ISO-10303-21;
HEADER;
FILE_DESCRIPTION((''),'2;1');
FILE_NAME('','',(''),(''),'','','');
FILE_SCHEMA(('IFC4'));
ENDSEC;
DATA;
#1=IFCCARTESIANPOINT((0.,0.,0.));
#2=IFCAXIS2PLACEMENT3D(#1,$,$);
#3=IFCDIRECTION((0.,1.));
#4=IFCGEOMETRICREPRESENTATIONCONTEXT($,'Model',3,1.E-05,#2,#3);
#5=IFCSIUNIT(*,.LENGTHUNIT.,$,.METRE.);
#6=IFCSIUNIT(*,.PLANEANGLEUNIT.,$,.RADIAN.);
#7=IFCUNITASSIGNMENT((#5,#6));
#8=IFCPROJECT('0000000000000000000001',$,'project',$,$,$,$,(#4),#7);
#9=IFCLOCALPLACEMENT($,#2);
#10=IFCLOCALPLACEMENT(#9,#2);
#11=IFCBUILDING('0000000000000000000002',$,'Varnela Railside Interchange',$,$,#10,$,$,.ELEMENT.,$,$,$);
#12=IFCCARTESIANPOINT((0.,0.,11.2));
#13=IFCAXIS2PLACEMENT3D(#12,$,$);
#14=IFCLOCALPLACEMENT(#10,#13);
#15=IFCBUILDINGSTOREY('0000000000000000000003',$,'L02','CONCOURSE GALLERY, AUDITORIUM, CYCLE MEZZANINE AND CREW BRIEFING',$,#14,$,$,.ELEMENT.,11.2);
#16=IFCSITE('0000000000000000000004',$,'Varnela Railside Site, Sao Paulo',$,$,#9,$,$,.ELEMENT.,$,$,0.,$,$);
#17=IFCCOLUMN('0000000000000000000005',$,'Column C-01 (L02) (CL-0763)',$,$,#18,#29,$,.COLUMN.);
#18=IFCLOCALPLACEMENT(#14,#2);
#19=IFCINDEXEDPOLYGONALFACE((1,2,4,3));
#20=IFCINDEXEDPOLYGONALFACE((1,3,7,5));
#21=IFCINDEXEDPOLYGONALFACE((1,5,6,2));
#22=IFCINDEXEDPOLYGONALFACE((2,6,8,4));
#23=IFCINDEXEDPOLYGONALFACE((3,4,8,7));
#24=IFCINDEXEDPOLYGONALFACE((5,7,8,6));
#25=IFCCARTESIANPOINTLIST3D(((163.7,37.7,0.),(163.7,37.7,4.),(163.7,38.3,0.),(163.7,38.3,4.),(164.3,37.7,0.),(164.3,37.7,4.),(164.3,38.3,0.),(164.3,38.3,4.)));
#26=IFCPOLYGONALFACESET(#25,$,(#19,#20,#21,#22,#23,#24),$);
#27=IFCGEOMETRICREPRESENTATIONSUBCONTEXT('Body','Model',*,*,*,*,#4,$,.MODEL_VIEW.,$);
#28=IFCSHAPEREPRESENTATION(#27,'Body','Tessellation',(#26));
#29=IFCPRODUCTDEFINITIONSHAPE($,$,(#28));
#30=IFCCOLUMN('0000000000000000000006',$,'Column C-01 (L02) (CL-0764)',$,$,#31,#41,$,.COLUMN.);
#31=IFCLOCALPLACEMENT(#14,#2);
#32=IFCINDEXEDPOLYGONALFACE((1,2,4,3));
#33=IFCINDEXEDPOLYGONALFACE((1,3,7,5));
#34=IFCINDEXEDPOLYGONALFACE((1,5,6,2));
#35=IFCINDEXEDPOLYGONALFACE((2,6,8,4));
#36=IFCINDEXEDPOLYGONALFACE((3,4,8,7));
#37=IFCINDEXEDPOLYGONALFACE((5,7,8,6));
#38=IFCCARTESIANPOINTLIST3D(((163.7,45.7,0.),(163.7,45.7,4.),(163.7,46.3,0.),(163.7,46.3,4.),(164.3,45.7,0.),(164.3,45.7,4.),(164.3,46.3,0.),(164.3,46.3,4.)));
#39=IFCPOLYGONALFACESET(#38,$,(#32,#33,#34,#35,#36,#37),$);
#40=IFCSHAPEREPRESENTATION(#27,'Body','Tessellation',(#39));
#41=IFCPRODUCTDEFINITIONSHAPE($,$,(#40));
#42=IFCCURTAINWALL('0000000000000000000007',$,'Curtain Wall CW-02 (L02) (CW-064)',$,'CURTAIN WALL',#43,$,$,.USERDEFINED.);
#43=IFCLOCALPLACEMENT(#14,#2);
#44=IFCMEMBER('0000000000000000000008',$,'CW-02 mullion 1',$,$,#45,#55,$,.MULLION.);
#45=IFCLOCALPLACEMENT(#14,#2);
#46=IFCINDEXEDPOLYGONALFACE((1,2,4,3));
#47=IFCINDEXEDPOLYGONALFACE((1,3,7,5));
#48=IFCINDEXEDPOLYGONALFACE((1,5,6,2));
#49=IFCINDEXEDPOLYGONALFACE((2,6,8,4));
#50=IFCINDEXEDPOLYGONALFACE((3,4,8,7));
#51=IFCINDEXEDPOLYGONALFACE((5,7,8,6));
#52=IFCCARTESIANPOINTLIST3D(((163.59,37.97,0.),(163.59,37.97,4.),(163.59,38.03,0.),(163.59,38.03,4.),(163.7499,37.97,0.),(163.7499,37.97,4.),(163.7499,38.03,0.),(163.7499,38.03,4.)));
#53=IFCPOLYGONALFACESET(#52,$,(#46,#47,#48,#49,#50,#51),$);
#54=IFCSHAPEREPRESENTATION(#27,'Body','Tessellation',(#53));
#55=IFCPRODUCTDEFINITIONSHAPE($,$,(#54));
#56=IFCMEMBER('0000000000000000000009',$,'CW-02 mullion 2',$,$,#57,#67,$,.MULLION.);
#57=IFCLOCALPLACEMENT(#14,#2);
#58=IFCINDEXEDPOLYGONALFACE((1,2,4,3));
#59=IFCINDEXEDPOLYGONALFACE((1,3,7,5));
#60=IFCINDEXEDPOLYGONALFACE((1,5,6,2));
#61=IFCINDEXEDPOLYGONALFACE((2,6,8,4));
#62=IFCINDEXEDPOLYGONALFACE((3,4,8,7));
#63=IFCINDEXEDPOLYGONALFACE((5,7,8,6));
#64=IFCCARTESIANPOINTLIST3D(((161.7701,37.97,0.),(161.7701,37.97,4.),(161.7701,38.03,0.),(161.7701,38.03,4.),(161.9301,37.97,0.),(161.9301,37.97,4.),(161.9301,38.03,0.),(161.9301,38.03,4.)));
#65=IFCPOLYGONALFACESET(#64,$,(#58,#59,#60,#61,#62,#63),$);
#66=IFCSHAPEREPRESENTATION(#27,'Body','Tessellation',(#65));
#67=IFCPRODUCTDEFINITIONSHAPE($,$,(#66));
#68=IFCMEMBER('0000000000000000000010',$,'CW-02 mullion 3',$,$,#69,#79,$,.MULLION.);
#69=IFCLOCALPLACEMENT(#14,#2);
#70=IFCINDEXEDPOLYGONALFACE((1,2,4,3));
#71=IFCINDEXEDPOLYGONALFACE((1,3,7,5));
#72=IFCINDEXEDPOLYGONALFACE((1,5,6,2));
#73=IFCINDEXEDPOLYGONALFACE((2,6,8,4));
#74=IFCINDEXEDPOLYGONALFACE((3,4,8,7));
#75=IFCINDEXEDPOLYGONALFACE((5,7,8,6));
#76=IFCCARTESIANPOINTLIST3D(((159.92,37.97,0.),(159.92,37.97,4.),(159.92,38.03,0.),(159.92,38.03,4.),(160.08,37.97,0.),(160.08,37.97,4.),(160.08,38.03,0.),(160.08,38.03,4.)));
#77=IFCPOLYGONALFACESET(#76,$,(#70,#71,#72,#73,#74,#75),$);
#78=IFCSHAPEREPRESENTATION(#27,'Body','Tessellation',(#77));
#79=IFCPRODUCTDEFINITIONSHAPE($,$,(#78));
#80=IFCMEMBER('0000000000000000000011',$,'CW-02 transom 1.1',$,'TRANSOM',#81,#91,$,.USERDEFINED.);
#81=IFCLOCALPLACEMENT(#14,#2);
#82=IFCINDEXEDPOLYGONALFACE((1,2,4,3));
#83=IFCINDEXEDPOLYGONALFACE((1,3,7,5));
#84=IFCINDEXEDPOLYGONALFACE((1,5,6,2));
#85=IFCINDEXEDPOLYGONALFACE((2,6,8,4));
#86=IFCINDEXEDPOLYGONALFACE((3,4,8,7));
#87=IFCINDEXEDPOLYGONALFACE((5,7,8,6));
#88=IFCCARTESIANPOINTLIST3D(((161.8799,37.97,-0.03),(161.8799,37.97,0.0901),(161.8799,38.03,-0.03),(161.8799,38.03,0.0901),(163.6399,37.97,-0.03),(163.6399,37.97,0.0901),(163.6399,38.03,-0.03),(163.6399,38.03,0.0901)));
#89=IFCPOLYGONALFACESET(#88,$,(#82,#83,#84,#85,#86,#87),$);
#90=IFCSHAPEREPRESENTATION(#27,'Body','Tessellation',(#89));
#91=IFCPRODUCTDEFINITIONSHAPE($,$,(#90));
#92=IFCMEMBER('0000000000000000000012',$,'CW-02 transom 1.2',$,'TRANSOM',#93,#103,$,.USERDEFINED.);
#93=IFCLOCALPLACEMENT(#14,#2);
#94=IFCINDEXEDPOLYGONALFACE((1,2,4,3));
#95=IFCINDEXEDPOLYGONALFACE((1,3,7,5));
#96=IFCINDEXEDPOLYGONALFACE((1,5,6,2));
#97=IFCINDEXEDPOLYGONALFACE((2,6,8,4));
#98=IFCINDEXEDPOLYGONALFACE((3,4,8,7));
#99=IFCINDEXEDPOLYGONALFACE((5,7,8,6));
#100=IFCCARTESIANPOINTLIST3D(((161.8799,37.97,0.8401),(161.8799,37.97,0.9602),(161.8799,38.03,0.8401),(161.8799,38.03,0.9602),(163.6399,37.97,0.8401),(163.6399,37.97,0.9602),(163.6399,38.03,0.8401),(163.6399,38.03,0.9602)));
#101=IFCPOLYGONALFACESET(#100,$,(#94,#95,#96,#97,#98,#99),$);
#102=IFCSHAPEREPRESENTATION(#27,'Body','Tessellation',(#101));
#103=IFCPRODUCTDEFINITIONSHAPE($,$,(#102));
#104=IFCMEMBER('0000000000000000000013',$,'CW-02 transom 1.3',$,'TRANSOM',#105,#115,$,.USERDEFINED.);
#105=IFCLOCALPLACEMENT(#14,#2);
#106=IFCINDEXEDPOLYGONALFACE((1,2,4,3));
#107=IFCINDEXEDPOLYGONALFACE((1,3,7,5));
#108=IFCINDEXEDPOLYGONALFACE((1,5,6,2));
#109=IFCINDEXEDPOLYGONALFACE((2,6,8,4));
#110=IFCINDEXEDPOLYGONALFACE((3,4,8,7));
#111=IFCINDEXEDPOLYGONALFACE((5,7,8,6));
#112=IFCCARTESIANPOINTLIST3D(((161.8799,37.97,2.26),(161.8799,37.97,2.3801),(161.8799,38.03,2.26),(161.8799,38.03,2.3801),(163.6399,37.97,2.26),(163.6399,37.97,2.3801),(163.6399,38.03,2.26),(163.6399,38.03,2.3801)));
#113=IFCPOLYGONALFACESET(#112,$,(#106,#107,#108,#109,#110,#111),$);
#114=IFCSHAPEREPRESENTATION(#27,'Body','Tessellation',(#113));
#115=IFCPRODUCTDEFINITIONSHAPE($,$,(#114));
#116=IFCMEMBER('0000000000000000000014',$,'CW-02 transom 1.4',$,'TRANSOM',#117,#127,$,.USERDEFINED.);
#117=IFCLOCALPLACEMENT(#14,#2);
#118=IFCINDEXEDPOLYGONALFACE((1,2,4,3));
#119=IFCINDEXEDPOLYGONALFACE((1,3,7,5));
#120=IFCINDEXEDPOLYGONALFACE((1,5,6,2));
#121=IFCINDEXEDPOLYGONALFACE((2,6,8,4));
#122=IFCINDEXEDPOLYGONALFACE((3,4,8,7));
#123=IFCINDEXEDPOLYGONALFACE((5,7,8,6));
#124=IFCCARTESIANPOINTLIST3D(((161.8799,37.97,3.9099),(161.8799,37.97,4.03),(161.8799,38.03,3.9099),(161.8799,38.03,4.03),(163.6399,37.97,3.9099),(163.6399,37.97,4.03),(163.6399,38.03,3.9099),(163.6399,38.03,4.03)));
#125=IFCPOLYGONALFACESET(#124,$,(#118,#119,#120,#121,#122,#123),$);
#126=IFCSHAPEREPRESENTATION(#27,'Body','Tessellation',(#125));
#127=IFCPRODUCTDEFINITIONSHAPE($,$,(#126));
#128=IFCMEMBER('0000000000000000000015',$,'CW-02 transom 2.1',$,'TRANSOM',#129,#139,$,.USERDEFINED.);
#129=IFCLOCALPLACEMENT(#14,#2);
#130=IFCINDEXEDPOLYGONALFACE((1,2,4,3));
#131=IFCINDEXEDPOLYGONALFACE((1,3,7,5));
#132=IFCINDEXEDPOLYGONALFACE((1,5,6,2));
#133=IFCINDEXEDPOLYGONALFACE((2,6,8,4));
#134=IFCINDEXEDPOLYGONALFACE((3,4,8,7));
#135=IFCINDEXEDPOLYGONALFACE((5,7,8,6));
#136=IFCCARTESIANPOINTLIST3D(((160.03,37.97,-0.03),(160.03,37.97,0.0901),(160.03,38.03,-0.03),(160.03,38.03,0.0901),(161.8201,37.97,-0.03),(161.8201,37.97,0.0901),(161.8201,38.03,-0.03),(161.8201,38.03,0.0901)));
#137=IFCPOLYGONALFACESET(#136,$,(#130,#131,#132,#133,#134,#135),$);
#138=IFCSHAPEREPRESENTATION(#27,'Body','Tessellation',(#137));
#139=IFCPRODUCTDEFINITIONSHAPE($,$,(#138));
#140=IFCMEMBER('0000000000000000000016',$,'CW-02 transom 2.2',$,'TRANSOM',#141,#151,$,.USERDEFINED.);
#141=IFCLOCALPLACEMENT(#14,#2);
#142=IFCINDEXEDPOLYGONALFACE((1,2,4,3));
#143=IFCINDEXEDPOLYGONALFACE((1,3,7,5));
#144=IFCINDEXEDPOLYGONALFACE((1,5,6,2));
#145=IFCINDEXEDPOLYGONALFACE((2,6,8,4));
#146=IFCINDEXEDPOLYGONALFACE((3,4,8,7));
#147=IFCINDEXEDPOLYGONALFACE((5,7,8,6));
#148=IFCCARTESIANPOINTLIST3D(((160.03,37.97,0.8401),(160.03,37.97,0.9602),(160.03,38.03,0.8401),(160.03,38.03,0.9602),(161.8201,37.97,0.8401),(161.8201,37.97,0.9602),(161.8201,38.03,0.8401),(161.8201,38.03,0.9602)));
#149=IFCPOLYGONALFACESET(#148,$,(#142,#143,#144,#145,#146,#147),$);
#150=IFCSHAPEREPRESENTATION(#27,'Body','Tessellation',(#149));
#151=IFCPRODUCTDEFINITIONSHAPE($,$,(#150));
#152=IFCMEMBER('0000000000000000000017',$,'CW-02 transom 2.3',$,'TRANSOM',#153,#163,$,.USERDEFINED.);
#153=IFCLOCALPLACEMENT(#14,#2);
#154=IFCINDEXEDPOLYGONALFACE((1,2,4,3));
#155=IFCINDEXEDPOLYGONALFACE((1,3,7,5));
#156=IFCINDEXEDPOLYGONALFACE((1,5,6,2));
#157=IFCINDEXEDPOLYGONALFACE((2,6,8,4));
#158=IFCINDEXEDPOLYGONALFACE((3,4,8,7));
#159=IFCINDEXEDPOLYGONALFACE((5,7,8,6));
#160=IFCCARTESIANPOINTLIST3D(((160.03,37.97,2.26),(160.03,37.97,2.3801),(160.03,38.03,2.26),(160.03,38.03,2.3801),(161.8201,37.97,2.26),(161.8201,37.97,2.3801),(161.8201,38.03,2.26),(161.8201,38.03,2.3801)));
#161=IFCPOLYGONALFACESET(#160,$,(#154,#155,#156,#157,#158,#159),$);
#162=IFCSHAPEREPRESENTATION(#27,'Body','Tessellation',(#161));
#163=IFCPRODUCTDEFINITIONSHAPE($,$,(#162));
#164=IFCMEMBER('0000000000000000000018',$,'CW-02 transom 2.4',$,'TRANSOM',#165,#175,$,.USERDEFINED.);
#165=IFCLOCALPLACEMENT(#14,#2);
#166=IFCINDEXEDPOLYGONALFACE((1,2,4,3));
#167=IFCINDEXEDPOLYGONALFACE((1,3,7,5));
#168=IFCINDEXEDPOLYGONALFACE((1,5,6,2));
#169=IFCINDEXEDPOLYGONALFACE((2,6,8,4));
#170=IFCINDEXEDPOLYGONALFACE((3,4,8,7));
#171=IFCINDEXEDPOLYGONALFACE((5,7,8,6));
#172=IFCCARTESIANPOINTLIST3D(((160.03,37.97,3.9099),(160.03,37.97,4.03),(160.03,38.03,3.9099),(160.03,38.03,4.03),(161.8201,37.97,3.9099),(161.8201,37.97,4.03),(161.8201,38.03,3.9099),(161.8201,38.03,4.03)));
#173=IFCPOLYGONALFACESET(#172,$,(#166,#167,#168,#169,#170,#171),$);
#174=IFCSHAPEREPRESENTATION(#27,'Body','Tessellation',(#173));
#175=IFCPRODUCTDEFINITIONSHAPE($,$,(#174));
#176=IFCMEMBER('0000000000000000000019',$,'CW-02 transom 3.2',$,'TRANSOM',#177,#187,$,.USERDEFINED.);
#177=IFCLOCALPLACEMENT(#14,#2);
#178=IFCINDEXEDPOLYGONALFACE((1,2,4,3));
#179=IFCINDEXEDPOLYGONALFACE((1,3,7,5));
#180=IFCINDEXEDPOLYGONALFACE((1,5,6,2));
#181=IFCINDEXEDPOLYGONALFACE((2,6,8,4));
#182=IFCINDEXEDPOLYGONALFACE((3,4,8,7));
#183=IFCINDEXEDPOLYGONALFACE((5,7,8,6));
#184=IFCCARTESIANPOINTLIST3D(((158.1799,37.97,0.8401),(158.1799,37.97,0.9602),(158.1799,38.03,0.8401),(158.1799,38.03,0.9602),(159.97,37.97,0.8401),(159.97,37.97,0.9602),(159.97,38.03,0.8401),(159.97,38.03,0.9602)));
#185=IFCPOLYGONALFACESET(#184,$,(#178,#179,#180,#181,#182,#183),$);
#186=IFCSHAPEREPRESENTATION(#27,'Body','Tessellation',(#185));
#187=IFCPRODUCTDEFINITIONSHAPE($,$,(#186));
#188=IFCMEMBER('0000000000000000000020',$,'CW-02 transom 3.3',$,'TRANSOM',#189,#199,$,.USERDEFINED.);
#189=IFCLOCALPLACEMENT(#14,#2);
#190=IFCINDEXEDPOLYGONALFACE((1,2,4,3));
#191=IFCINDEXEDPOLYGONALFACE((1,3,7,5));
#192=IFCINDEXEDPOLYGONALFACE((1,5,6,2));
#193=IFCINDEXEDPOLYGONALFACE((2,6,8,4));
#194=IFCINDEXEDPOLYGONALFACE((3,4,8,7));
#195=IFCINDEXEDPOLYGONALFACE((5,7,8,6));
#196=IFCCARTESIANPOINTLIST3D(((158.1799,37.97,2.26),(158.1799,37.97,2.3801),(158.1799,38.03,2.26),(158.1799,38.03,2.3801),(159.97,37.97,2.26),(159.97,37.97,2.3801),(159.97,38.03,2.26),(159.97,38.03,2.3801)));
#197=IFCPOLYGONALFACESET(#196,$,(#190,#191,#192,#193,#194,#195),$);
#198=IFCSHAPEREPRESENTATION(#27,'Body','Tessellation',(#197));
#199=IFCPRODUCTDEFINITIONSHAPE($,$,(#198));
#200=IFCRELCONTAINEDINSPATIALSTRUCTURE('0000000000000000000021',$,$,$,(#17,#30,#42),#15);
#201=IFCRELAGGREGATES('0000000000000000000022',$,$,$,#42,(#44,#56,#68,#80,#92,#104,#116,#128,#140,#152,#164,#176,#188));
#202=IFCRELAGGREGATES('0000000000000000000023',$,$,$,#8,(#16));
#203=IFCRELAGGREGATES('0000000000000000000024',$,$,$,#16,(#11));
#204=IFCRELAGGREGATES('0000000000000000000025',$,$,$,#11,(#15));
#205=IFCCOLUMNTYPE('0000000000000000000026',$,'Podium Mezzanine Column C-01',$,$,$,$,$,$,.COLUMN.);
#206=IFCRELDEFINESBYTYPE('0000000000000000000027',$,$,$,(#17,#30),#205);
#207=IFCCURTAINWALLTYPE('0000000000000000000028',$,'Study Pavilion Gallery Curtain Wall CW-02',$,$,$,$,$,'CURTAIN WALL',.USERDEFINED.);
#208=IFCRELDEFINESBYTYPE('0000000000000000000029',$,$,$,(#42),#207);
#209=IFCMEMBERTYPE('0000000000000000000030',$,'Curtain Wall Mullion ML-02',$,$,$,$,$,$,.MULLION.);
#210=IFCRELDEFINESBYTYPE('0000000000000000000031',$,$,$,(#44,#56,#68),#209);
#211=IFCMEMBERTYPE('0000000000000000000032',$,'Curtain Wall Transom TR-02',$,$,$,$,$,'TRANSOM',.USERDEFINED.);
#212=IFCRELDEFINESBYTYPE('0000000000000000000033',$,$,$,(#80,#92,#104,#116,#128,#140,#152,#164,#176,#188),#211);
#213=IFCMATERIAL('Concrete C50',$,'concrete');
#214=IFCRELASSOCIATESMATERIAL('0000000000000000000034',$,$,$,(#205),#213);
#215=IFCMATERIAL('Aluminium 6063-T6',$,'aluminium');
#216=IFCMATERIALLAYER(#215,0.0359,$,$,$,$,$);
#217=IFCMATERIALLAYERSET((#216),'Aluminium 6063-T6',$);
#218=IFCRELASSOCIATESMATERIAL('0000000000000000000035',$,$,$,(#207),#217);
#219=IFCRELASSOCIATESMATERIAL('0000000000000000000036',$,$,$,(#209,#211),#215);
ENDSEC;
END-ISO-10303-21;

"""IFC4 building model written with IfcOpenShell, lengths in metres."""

from ifc_helpers import new_model, si_unit, direction, frame, origin, origin_2d, place, context, subcontext, project, spatial, rectangle, extrude, material, layer, layer_set, material_profile, profile_set, type_object, element, aggregate, save


model = new_model("IFC4")

# Units and contexts
model_context = context("Model", 3, precision=1e-05, world=origin(), true_north=direction((0.0, 1.0)))
body_context = subcontext(model_context, "Body", "Model", "MODEL_VIEW")
ifc_project = project(units=[si_unit("LENGTHUNIT", "METRE"), si_unit("PLANEANGLEUNIT", "RADIAN")], contexts=[model_context])

# Site, building, storey
site_placement = place(None, origin())
site = spatial("IfcSite", under=ifc_project, at=site_placement, Name="Varnela Railside Site, Sao Paulo", CompositionType="ELEMENT", RefElevation=0.0)
building_placement = place(site_placement, origin())
building = spatial("IfcBuilding", under=site, at=building_placement, Name="Varnela Railside Interchange", CompositionType="ELEMENT")
storey_placement = place(building_placement, frame((0.0, 0.0, 11.2)))
storey = spatial("IfcBuildingStorey", under=building, at=storey_placement, Name="L02", Description="CONCOURSE GALLERY, AUDITORIUM, CYCLE MEZZANINE AND CREW BRIEFING", CompositionType="ELEMENT", Elevation=11.2)

# Columns
ifc_material_1 = material(Name="Concrete C50", Category="concrete")
ifc_material_profile_1 = material_profile(ifc_material_1, rectangle(XDim=0.6001, YDim=0.6001, at=origin_2d()), Name="RC 600x600")
ifc_profile_set_1 = profile_set([ifc_material_profile_1], Name="Concrete C50")
column_type = type_object("IfcColumnType", Name="Podium Mezzanine Column C-01", PredefinedType="COLUMN", material=ifc_profile_set_1)
for number, where, z_axis, x_axis, name in (
    (1, (164.0, 38.0, 0.0), (0.0, 0.0, 1.0), (1.0, 0.0, 0.0), "Column C-01 (L02) (CL-0763)"),
    (2, (164.0, 46.0, 0.0), (0.0, 0.0, 1.0), (1.0, 0.0, 0.0), "Column C-01 (L02) (CL-0764)"),
):
    element("IfcColumn", number, at=place(storey_placement, frame(where, z_axis=z_axis, x_axis=x_axis)), inside=storey, type_object=column_type, Name=name, PredefinedType="COLUMN", context=body_context, shape_type="SweptSolid", body=[
        extrude(rectangle(XDim=0.6001, YDim=0.6001, at=origin_2d()), origin(), (0.0, 0.0, 1.0), 4.0),
    ])

# Curtain wall, members
ifc_material_2 = material(Name="Aluminium 6063-T6", Category="aluminium")
ifc_layer_1 = layer(ifc_material_2, 0.0359)
ifc_layer_set_1 = layer_set([ifc_layer_1], Name="Aluminium 6063-T6")
curtain_wall_type = type_object("IfcCurtainWallType", Name="Study Pavilion Gallery Curtain Wall CW-02", ElementType="CURTAIN WALL", PredefinedType="USERDEFINED", material=ifc_layer_set_1)
curtain_wall_placement = place(storey_placement, origin())
curtain_wall = element("IfcCurtainWall", 3, at=curtain_wall_placement, inside=storey, type_object=curtain_wall_type, Name="Curtain Wall CW-02 (L02) (CW-064)", ObjectType="CURTAIN WALL", PredefinedType="USERDEFINED")
ifc_material_profile_2 = material_profile(ifc_material_2, rectangle(XDim=0.0601, YDim=0.1599, at=origin_2d()), Name="ALU 60x160")
ifc_profile_set_2 = profile_set([ifc_material_profile_2], Name="Aluminium 6063-T6")
member_type_1 = type_object("IfcMemberType", Name="Curtain Wall Mullion ML-02", PredefinedType="MULLION", material=ifc_profile_set_2)
member_1_placement = place(storey_placement, frame((163.6699, 38.0, 0.0), z_axis=(0.0, 0.0, 1.0), x_axis=(0.0, -1.0, 0.0)))
member_1 = element("IfcMember", 4, at=member_1_placement, type_object=member_type_1, Name="CW-02 mullion 1", PredefinedType="MULLION", context=body_context, shape_type="SweptSolid", body=[
    extrude(rectangle(XDim=0.0601, YDim=0.1599, at=origin_2d()), origin(), (0.0, 0.0, 1.0), 4.0),
])
member_2_placement = place(storey_placement, frame((161.8501, 38.0, 0.0), z_axis=(0.0, 0.0, 1.0), x_axis=(0.0, -1.0, 0.0)))
member_2 = element("IfcMember", 5, at=member_2_placement, type_object=member_type_1, Name="CW-02 mullion 2", PredefinedType="MULLION", context=body_context, shape_type="SweptSolid", body=[
    extrude(rectangle(XDim=0.0601, YDim=0.1599, at=origin_2d()), origin(), (0.0, 0.0, 1.0), 4.0),
])
member_3_placement = place(storey_placement, frame((160.0, 38.0, 0.0), z_axis=(0.0, 0.0, 1.0), x_axis=(0.0, -1.0, 0.0)))
member_3 = element("IfcMember", 6, at=member_3_placement, type_object=member_type_1, Name="CW-02 mullion 3", PredefinedType="MULLION", context=body_context, shape_type="SweptSolid", body=[
    extrude(rectangle(XDim=0.0601, YDim=0.1599, at=origin_2d()), origin(), (0.0, 0.0, 1.0), 4.0),
])
ifc_material_profile_3 = material_profile(ifc_material_2, rectangle(XDim=0.0601, YDim=0.1201, at=origin_2d()), Name="ALU 60x120")
ifc_profile_set_3 = profile_set([ifc_material_profile_3], Name="Aluminium 6063-T6")
member_type_2 = type_object("IfcMemberType", Name="Curtain Wall Transom TR-02", ElementType="TRANSOM", PredefinedType="USERDEFINED", material=ifc_profile_set_3)
member_4_placement = place(storey_placement, frame((163.6399, 38.0, 0.03), z_axis=(-1.0, 0.0, 0.0), x_axis=(0.0, -1.0, 0.0)))
member_4 = element("IfcMember", 7, at=member_4_placement, type_object=member_type_2, Name="CW-02 transom 1.1", ObjectType="TRANSOM", PredefinedType="USERDEFINED", context=body_context, shape_type="SweptSolid", body=[
    extrude(rectangle(XDim=0.0601, YDim=0.1201, at=origin_2d()), origin(), (0.0, 0.0, 1.0), 1.76),
])
member_5_placement = place(storey_placement, frame((163.6399, 38.0, 0.9001), z_axis=(-1.0, 0.0, 0.0), x_axis=(0.0, -1.0, 0.0)))
member_5 = element("IfcMember", 8, at=member_5_placement, type_object=member_type_2, Name="CW-02 transom 1.2", ObjectType="TRANSOM", PredefinedType="USERDEFINED", context=body_context, shape_type="SweptSolid", body=[
    extrude(rectangle(XDim=0.0601, YDim=0.1201, at=origin_2d()), origin(), (0.0, 0.0, 1.0), 1.76),
])
member_6_placement = place(storey_placement, frame((163.6399, 38.0, 2.3201), z_axis=(-1.0, 0.0, 0.0), x_axis=(0.0, -1.0, 0.0)))
member_6 = element("IfcMember", 9, at=member_6_placement, type_object=member_type_2, Name="CW-02 transom 1.3", ObjectType="TRANSOM", PredefinedType="USERDEFINED", context=body_context, shape_type="SweptSolid", body=[
    extrude(rectangle(XDim=0.0601, YDim=0.1201, at=origin_2d()), origin(), (0.0, 0.0, 1.0), 1.76),
])
member_7_placement = place(storey_placement, frame((163.6399, 38.0, 3.97), z_axis=(-1.0, 0.0, 0.0), x_axis=(0.0, -1.0, 0.0)))
member_7 = element("IfcMember", 10, at=member_7_placement, type_object=member_type_2, Name="CW-02 transom 1.4", ObjectType="TRANSOM", PredefinedType="USERDEFINED", context=body_context, shape_type="SweptSolid", body=[
    extrude(rectangle(XDim=0.0601, YDim=0.1201, at=origin_2d()), origin(), (0.0, 0.0, 1.0), 1.76),
])
member_8_placement = place(storey_placement, frame((161.8201, 38.0, 0.03), z_axis=(-1.0, 0.0, 0.0), x_axis=(0.0, -1.0, 0.0)))
member_8 = element("IfcMember", 11, at=member_8_placement, type_object=member_type_2, Name="CW-02 transom 2.1", ObjectType="TRANSOM", PredefinedType="USERDEFINED", context=body_context, shape_type="SweptSolid", body=[
    extrude(rectangle(XDim=0.0601, YDim=0.1201, at=origin_2d()), origin(), (0.0, 0.0, 1.0), 1.79),
])
member_9_placement = place(storey_placement, frame((161.8201, 38.0, 0.9001), z_axis=(-1.0, 0.0, 0.0), x_axis=(0.0, -1.0, 0.0)))
member_9 = element("IfcMember", 12, at=member_9_placement, type_object=member_type_2, Name="CW-02 transom 2.2", ObjectType="TRANSOM", PredefinedType="USERDEFINED", context=body_context, shape_type="SweptSolid", body=[
    extrude(rectangle(XDim=0.0601, YDim=0.1201, at=origin_2d()), origin(), (0.0, 0.0, 1.0), 1.79),
])
member_10_placement = place(storey_placement, frame((161.8201, 38.0, 2.3201), z_axis=(-1.0, 0.0, 0.0), x_axis=(0.0, -1.0, 0.0)))
member_10 = element("IfcMember", 13, at=member_10_placement, type_object=member_type_2, Name="CW-02 transom 2.3", ObjectType="TRANSOM", PredefinedType="USERDEFINED", context=body_context, shape_type="SweptSolid", body=[
    extrude(rectangle(XDim=0.0601, YDim=0.1201, at=origin_2d()), origin(), (0.0, 0.0, 1.0), 1.79),
])
member_11_placement = place(storey_placement, frame((161.8201, 38.0, 3.97), z_axis=(-1.0, 0.0, 0.0), x_axis=(0.0, -1.0, 0.0)))
member_11 = element("IfcMember", 14, at=member_11_placement, type_object=member_type_2, Name="CW-02 transom 2.4", ObjectType="TRANSOM", PredefinedType="USERDEFINED", context=body_context, shape_type="SweptSolid", body=[
    extrude(rectangle(XDim=0.0601, YDim=0.1201, at=origin_2d()), origin(), (0.0, 0.0, 1.0), 1.79),
])
member_12_placement = place(storey_placement, frame((159.97, 38.0, 0.9001), z_axis=(-1.0, 0.0, 0.0), x_axis=(0.0, -1.0, 0.0)))
member_12 = element("IfcMember", 15, at=member_12_placement, type_object=member_type_2, Name="CW-02 transom 3.2", ObjectType="TRANSOM", PredefinedType="USERDEFINED", context=body_context, shape_type="SweptSolid", body=[
    extrude(rectangle(XDim=0.0601, YDim=0.1201, at=origin_2d()), origin(), (0.0, 0.0, 1.0), 1.79),
])
member_13_placement = place(storey_placement, frame((159.97, 38.0, 2.3201), z_axis=(-1.0, 0.0, 0.0), x_axis=(0.0, -1.0, 0.0)))
member_13 = element("IfcMember", 16, at=member_13_placement, type_object=member_type_2, Name="CW-02 transom 3.3", ObjectType="TRANSOM", PredefinedType="USERDEFINED", context=body_context, shape_type="SweptSolid", body=[
    extrude(rectangle(XDim=0.0601, YDim=0.1201, at=origin_2d()), origin(), (0.0, 0.0, 1.0), 1.79),
])

aggregate(curtain_wall, [member_1, member_2, member_3, member_4, member_5, member_6, member_7, member_8, member_9, member_10, member_11, member_12, member_13])

save(model, "model.ifc")
